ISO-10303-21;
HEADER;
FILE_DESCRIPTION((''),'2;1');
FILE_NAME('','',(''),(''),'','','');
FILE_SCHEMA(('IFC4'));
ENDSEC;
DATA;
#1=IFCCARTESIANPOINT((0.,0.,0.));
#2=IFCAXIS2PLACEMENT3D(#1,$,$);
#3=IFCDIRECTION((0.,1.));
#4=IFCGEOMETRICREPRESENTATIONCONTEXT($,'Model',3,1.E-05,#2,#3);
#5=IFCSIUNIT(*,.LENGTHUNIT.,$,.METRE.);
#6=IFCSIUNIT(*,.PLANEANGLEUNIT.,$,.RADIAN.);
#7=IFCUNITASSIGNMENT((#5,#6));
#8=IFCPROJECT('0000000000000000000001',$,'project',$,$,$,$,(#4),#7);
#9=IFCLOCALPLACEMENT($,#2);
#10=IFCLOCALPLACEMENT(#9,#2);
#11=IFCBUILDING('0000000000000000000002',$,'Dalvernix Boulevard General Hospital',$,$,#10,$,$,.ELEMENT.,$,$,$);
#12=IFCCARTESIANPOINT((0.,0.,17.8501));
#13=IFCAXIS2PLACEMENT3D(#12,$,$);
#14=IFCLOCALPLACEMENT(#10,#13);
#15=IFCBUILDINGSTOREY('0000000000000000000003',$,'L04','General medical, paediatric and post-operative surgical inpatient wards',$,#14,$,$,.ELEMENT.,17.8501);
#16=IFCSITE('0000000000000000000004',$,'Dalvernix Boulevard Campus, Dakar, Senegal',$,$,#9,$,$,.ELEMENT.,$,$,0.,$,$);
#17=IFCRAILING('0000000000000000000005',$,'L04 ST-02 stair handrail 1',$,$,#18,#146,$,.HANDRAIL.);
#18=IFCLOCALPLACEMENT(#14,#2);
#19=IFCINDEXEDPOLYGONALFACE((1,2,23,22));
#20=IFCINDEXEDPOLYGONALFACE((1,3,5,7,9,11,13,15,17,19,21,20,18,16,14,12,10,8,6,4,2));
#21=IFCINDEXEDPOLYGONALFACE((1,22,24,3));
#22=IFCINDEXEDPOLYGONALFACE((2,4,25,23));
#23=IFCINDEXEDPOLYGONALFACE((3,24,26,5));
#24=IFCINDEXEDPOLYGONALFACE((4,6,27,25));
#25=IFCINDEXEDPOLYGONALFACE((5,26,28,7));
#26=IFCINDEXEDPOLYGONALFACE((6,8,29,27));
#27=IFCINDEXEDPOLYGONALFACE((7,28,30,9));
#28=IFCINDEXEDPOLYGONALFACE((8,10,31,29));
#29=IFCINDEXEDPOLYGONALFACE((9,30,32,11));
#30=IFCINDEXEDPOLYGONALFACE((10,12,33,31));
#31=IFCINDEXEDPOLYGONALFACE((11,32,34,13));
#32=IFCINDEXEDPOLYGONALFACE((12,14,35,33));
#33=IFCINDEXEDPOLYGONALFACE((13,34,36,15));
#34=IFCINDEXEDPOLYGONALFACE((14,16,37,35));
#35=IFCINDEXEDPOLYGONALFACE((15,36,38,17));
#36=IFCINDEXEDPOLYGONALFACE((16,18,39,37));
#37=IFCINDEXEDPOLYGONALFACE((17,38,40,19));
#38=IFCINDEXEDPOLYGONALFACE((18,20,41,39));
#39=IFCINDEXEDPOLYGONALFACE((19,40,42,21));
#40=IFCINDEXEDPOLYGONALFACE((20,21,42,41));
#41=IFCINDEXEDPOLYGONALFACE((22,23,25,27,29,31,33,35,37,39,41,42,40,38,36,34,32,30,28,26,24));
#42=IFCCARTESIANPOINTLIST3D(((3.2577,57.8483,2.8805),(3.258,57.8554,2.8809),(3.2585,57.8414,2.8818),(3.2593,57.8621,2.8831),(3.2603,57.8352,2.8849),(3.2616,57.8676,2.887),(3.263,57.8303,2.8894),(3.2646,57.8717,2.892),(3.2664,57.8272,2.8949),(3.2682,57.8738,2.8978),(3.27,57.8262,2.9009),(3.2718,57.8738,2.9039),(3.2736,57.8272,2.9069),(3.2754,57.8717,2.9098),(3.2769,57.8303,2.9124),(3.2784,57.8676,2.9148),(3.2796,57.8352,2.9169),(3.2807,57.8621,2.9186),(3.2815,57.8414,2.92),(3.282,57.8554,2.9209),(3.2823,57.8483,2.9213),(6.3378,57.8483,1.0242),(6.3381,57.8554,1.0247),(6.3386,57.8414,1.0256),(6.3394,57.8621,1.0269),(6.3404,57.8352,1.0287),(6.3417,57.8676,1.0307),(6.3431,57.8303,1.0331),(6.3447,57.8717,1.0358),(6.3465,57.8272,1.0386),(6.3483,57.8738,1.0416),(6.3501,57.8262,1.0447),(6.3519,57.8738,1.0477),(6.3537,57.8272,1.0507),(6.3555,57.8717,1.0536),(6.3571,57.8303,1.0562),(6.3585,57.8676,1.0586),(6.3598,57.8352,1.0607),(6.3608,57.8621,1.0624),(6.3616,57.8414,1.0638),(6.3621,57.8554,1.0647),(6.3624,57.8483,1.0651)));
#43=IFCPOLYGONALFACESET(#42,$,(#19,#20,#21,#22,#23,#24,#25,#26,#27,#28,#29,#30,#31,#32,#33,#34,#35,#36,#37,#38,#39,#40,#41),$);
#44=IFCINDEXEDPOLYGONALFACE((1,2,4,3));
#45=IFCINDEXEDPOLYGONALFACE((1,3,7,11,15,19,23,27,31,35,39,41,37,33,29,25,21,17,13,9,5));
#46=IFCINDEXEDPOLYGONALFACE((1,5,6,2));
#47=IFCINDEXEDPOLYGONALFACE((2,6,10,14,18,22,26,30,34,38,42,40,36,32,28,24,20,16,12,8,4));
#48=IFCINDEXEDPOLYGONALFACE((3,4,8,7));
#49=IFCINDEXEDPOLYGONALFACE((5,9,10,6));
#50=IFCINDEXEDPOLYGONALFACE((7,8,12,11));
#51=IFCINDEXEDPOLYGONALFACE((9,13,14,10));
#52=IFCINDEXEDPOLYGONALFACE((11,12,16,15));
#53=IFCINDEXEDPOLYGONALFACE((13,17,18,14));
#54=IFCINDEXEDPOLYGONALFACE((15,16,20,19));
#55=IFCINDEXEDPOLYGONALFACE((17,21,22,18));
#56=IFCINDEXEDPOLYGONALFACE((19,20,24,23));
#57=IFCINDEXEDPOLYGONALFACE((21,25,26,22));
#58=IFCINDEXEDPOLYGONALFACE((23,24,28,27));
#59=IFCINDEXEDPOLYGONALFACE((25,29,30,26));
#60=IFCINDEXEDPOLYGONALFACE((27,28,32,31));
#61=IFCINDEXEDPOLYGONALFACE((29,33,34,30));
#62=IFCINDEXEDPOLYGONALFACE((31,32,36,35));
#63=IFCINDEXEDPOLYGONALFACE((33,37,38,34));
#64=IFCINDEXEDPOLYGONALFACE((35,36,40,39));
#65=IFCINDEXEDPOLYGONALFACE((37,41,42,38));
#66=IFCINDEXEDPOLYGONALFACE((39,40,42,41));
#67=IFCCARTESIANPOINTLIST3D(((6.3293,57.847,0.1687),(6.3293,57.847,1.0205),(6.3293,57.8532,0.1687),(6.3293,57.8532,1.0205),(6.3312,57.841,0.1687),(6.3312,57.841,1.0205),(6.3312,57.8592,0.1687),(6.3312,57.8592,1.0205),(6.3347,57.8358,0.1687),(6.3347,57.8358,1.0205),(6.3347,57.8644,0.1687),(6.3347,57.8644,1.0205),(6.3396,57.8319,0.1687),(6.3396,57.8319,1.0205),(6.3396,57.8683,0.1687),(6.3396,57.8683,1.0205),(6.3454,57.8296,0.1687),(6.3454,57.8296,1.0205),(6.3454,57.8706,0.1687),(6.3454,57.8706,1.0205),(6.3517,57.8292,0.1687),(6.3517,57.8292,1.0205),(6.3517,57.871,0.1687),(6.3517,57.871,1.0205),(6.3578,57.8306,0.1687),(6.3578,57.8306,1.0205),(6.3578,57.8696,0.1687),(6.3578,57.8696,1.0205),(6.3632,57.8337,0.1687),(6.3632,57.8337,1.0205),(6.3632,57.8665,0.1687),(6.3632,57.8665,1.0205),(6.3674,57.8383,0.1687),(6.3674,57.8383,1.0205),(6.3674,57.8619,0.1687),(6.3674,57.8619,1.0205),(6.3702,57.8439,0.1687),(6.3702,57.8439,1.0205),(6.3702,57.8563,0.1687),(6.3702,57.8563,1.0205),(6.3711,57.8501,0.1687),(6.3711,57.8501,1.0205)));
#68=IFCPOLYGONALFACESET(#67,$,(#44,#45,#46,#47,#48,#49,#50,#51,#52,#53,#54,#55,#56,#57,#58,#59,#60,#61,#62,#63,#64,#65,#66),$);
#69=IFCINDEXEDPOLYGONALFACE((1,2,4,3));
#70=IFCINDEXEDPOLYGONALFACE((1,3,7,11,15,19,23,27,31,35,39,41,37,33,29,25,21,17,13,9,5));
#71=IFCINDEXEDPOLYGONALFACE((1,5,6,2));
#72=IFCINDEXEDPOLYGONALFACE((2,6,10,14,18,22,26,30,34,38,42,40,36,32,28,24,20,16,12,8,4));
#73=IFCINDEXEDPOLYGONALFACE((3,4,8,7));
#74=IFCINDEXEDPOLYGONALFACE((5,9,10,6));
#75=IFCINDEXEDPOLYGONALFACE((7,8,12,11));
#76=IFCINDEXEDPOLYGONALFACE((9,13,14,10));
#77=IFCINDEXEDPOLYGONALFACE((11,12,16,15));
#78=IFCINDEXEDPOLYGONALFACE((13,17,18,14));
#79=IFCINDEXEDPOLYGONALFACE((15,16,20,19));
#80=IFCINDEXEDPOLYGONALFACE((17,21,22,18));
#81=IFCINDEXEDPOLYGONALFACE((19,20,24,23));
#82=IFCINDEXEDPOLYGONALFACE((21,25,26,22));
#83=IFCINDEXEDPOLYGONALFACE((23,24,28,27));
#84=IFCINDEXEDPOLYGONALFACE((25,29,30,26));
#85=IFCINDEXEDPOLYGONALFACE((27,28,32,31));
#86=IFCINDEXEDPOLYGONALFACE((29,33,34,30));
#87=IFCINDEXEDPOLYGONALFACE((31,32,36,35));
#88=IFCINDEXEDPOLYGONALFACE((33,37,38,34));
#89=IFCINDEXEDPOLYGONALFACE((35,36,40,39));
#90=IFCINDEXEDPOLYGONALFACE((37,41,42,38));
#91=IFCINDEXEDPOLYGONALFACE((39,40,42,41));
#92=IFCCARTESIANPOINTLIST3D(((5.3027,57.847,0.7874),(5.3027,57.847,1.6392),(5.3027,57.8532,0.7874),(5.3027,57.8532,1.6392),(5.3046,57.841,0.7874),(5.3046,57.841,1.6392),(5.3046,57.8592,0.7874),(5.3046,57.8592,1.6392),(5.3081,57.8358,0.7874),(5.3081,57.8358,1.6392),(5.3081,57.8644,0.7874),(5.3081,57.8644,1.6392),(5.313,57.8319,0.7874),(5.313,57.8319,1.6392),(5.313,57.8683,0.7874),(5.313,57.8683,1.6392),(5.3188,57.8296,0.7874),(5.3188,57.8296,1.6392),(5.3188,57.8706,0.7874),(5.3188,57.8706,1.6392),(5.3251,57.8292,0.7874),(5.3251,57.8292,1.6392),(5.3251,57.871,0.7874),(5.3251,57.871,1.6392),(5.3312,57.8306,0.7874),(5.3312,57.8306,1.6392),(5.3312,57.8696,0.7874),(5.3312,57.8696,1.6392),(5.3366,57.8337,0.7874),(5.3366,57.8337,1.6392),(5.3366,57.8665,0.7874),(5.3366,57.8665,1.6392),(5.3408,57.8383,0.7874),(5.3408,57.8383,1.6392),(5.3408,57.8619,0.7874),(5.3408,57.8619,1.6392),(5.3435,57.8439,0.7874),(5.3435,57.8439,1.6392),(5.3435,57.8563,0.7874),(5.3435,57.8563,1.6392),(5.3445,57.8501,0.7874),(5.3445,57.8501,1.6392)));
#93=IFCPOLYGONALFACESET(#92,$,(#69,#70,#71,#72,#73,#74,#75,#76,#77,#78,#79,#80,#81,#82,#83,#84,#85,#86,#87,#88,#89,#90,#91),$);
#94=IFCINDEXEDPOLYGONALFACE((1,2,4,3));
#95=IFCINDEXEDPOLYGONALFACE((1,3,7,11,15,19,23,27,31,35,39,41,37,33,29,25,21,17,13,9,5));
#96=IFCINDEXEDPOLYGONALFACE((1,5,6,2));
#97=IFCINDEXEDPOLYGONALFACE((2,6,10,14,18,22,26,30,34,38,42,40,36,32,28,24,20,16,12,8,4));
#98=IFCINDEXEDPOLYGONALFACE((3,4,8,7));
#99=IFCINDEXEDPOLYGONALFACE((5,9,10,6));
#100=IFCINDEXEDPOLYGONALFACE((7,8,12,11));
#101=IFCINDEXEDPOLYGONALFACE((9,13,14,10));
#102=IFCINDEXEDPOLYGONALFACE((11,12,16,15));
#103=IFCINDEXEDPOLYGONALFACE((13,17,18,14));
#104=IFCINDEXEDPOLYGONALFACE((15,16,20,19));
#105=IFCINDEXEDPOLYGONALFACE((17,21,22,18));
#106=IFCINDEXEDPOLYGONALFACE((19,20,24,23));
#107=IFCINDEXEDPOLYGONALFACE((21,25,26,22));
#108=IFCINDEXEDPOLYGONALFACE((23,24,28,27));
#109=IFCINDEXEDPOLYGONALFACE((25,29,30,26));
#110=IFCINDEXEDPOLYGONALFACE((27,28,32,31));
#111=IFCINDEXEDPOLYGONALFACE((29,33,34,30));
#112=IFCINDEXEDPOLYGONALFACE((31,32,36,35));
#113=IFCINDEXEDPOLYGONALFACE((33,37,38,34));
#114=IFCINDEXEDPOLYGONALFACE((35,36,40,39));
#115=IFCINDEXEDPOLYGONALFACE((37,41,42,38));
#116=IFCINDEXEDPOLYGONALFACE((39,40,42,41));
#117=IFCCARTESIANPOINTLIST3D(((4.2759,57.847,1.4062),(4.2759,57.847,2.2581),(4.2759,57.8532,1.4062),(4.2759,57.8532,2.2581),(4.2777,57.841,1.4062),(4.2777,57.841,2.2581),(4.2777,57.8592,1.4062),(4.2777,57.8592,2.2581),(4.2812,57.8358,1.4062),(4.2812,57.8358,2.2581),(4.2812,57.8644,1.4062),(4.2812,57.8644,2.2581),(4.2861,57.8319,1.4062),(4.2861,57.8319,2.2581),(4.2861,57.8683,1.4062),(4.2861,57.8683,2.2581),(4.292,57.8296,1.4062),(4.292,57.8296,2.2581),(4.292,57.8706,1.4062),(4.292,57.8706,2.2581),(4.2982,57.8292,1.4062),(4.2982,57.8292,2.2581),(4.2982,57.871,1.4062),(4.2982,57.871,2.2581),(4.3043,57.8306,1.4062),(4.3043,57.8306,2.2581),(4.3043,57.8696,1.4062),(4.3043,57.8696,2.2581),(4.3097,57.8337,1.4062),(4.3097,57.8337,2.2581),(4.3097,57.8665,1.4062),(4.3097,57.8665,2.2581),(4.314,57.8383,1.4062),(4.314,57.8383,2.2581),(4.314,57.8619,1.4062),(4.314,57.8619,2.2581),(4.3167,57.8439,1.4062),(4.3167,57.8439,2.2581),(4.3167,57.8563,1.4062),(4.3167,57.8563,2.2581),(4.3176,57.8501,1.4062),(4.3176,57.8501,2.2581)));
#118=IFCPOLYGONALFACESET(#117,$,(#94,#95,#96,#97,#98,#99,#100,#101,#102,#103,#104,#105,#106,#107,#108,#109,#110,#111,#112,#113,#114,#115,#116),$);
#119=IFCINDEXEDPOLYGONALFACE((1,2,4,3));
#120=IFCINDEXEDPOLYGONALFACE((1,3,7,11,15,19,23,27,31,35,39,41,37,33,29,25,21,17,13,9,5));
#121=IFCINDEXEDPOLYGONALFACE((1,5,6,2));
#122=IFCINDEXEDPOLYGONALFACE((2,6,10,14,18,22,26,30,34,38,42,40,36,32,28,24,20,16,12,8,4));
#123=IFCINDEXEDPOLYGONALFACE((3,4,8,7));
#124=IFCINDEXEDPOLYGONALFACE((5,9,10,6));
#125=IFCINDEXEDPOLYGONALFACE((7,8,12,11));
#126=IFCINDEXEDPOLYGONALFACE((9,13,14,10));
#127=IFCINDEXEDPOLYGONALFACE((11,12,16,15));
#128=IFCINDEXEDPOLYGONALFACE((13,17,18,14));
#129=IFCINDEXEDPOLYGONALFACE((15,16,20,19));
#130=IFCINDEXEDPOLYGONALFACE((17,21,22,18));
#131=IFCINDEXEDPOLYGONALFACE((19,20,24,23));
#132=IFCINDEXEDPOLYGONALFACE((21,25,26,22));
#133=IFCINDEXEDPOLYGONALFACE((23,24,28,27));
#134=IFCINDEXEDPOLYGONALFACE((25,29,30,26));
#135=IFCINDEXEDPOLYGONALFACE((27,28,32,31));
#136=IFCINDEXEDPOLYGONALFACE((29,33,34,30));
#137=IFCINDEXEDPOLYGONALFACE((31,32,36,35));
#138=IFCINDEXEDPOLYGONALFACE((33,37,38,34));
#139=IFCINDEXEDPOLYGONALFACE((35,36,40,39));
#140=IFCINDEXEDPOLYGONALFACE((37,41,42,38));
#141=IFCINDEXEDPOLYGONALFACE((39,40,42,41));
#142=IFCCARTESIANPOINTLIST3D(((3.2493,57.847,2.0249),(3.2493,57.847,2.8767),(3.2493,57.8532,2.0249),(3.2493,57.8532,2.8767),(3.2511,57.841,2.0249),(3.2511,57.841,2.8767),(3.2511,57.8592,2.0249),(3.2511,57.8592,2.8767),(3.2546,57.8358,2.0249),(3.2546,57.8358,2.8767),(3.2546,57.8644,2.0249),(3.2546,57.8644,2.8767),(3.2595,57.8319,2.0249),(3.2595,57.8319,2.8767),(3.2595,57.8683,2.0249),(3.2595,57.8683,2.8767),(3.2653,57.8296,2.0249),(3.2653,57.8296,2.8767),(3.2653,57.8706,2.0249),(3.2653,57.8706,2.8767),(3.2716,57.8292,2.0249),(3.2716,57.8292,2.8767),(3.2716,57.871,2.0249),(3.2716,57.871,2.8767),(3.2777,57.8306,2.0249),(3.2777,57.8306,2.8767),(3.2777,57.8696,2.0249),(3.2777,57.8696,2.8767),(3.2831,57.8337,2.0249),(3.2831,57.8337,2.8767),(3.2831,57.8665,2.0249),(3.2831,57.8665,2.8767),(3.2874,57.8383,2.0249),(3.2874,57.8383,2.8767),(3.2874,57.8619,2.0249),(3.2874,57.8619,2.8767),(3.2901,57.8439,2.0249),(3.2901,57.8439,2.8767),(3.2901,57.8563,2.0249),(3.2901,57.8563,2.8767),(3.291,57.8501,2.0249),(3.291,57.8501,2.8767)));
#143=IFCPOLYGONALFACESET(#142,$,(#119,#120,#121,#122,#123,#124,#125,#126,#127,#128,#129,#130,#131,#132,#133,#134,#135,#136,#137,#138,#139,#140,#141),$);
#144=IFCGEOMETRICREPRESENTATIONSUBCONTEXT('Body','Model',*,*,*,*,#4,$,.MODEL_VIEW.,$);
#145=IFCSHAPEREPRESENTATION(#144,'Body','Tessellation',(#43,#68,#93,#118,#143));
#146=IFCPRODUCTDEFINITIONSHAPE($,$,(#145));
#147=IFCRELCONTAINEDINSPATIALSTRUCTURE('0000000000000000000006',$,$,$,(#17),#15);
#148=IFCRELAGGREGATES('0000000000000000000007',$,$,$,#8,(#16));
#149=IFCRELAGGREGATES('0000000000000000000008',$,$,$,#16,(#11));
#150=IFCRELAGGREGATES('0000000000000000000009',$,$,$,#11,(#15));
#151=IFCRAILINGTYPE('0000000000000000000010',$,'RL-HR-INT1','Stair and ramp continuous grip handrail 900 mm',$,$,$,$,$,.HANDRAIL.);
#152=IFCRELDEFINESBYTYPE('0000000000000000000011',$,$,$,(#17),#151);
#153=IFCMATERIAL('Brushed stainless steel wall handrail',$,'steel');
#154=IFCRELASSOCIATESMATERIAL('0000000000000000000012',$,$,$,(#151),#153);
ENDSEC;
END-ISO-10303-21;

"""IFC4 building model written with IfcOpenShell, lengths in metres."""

from ifc_helpers import new_model, si_unit, direction, frame, origin, origin_2d, place, context, subcontext, project, spatial, circle, extrude, material, type_object, element, save


model = new_model("IFC4")

# Units and contexts
model_context = context("Model", 3, precision=1e-05, world=origin(), true_north=direction((0.0, 1.0)))
body_context = subcontext(model_context, "Body", "Model", "MODEL_VIEW")
ifc_project = project(units=[si_unit("LENGTHUNIT", "METRE"), si_unit("PLANEANGLEUNIT", "RADIAN")], contexts=[model_context])

# Site, building, storey
site_placement = place(None, origin())
site = spatial("IfcSite", under=ifc_project, at=site_placement, Name="Dalvernix Boulevard Campus, Dakar, Senegal", CompositionType="ELEMENT", RefElevation=0.0)
building_placement = place(site_placement, origin())
building = spatial("IfcBuilding", under=site, at=building_placement, Name="Dalvernix Boulevard General Hospital", CompositionType="ELEMENT")
storey_placement = place(building_placement, frame((0.0, 0.0, 17.8501)))
storey = spatial("IfcBuildingStorey", under=building, at=storey_placement, Name="L04", Description="General medical, paediatric and post-operative surgical inpatient wards", CompositionType="ELEMENT", Elevation=17.8501)

# Railing
ifc_material_1 = material(Name="Brushed stainless steel wall handrail", Category="steel")
railing_type_1 = type_object("IfcRailingType", Name="RL-HR-INT1", Description="Stair and ramp continuous grip handrail 900 mm", PredefinedType="HANDRAIL", material=ifc_material_1)
railing_1_placement = place(storey_placement, frame((6.3501, 57.8501, 0.1687)))
element("IfcRailing", 1, at=railing_1_placement, inside=storey, type_object=railing_type_1, Name="L04 ST-02 stair handrail 1", PredefinedType="HANDRAIL", context=body_context, shape_type="SweptSolid", body=[
    extrude(circle(Radius=0.0239, at=origin_2d()), frame((0.0, 0.0, 0.876), z_axis=(-0.856491, 0.0, 0.516162), x_axis=(0.0, -1.0, 0.0)), (0.0, 0.0, 1.0), 3.5962),
    extrude(circle(Radius=0.021, at=origin_2d()), origin(), (0.0, 0.0, 1.0), 0.8518),
    extrude(circle(Radius=0.021, at=origin_2d()), frame((-1.0266, 0.0, 0.6187)), (0.0, 0.0, 1.0), 0.8518),
    extrude(circle(Radius=0.021, at=origin_2d()), frame((-2.0535, 0.0, 1.2375)), (0.0, 0.0, 1.0), 0.8518),
    extrude(circle(Radius=0.021, at=origin_2d()), frame((-3.0801, 0.0, 1.8562)), (0.0, 0.0, 1.0), 0.8518),
])

save(model, "model.ifc")
